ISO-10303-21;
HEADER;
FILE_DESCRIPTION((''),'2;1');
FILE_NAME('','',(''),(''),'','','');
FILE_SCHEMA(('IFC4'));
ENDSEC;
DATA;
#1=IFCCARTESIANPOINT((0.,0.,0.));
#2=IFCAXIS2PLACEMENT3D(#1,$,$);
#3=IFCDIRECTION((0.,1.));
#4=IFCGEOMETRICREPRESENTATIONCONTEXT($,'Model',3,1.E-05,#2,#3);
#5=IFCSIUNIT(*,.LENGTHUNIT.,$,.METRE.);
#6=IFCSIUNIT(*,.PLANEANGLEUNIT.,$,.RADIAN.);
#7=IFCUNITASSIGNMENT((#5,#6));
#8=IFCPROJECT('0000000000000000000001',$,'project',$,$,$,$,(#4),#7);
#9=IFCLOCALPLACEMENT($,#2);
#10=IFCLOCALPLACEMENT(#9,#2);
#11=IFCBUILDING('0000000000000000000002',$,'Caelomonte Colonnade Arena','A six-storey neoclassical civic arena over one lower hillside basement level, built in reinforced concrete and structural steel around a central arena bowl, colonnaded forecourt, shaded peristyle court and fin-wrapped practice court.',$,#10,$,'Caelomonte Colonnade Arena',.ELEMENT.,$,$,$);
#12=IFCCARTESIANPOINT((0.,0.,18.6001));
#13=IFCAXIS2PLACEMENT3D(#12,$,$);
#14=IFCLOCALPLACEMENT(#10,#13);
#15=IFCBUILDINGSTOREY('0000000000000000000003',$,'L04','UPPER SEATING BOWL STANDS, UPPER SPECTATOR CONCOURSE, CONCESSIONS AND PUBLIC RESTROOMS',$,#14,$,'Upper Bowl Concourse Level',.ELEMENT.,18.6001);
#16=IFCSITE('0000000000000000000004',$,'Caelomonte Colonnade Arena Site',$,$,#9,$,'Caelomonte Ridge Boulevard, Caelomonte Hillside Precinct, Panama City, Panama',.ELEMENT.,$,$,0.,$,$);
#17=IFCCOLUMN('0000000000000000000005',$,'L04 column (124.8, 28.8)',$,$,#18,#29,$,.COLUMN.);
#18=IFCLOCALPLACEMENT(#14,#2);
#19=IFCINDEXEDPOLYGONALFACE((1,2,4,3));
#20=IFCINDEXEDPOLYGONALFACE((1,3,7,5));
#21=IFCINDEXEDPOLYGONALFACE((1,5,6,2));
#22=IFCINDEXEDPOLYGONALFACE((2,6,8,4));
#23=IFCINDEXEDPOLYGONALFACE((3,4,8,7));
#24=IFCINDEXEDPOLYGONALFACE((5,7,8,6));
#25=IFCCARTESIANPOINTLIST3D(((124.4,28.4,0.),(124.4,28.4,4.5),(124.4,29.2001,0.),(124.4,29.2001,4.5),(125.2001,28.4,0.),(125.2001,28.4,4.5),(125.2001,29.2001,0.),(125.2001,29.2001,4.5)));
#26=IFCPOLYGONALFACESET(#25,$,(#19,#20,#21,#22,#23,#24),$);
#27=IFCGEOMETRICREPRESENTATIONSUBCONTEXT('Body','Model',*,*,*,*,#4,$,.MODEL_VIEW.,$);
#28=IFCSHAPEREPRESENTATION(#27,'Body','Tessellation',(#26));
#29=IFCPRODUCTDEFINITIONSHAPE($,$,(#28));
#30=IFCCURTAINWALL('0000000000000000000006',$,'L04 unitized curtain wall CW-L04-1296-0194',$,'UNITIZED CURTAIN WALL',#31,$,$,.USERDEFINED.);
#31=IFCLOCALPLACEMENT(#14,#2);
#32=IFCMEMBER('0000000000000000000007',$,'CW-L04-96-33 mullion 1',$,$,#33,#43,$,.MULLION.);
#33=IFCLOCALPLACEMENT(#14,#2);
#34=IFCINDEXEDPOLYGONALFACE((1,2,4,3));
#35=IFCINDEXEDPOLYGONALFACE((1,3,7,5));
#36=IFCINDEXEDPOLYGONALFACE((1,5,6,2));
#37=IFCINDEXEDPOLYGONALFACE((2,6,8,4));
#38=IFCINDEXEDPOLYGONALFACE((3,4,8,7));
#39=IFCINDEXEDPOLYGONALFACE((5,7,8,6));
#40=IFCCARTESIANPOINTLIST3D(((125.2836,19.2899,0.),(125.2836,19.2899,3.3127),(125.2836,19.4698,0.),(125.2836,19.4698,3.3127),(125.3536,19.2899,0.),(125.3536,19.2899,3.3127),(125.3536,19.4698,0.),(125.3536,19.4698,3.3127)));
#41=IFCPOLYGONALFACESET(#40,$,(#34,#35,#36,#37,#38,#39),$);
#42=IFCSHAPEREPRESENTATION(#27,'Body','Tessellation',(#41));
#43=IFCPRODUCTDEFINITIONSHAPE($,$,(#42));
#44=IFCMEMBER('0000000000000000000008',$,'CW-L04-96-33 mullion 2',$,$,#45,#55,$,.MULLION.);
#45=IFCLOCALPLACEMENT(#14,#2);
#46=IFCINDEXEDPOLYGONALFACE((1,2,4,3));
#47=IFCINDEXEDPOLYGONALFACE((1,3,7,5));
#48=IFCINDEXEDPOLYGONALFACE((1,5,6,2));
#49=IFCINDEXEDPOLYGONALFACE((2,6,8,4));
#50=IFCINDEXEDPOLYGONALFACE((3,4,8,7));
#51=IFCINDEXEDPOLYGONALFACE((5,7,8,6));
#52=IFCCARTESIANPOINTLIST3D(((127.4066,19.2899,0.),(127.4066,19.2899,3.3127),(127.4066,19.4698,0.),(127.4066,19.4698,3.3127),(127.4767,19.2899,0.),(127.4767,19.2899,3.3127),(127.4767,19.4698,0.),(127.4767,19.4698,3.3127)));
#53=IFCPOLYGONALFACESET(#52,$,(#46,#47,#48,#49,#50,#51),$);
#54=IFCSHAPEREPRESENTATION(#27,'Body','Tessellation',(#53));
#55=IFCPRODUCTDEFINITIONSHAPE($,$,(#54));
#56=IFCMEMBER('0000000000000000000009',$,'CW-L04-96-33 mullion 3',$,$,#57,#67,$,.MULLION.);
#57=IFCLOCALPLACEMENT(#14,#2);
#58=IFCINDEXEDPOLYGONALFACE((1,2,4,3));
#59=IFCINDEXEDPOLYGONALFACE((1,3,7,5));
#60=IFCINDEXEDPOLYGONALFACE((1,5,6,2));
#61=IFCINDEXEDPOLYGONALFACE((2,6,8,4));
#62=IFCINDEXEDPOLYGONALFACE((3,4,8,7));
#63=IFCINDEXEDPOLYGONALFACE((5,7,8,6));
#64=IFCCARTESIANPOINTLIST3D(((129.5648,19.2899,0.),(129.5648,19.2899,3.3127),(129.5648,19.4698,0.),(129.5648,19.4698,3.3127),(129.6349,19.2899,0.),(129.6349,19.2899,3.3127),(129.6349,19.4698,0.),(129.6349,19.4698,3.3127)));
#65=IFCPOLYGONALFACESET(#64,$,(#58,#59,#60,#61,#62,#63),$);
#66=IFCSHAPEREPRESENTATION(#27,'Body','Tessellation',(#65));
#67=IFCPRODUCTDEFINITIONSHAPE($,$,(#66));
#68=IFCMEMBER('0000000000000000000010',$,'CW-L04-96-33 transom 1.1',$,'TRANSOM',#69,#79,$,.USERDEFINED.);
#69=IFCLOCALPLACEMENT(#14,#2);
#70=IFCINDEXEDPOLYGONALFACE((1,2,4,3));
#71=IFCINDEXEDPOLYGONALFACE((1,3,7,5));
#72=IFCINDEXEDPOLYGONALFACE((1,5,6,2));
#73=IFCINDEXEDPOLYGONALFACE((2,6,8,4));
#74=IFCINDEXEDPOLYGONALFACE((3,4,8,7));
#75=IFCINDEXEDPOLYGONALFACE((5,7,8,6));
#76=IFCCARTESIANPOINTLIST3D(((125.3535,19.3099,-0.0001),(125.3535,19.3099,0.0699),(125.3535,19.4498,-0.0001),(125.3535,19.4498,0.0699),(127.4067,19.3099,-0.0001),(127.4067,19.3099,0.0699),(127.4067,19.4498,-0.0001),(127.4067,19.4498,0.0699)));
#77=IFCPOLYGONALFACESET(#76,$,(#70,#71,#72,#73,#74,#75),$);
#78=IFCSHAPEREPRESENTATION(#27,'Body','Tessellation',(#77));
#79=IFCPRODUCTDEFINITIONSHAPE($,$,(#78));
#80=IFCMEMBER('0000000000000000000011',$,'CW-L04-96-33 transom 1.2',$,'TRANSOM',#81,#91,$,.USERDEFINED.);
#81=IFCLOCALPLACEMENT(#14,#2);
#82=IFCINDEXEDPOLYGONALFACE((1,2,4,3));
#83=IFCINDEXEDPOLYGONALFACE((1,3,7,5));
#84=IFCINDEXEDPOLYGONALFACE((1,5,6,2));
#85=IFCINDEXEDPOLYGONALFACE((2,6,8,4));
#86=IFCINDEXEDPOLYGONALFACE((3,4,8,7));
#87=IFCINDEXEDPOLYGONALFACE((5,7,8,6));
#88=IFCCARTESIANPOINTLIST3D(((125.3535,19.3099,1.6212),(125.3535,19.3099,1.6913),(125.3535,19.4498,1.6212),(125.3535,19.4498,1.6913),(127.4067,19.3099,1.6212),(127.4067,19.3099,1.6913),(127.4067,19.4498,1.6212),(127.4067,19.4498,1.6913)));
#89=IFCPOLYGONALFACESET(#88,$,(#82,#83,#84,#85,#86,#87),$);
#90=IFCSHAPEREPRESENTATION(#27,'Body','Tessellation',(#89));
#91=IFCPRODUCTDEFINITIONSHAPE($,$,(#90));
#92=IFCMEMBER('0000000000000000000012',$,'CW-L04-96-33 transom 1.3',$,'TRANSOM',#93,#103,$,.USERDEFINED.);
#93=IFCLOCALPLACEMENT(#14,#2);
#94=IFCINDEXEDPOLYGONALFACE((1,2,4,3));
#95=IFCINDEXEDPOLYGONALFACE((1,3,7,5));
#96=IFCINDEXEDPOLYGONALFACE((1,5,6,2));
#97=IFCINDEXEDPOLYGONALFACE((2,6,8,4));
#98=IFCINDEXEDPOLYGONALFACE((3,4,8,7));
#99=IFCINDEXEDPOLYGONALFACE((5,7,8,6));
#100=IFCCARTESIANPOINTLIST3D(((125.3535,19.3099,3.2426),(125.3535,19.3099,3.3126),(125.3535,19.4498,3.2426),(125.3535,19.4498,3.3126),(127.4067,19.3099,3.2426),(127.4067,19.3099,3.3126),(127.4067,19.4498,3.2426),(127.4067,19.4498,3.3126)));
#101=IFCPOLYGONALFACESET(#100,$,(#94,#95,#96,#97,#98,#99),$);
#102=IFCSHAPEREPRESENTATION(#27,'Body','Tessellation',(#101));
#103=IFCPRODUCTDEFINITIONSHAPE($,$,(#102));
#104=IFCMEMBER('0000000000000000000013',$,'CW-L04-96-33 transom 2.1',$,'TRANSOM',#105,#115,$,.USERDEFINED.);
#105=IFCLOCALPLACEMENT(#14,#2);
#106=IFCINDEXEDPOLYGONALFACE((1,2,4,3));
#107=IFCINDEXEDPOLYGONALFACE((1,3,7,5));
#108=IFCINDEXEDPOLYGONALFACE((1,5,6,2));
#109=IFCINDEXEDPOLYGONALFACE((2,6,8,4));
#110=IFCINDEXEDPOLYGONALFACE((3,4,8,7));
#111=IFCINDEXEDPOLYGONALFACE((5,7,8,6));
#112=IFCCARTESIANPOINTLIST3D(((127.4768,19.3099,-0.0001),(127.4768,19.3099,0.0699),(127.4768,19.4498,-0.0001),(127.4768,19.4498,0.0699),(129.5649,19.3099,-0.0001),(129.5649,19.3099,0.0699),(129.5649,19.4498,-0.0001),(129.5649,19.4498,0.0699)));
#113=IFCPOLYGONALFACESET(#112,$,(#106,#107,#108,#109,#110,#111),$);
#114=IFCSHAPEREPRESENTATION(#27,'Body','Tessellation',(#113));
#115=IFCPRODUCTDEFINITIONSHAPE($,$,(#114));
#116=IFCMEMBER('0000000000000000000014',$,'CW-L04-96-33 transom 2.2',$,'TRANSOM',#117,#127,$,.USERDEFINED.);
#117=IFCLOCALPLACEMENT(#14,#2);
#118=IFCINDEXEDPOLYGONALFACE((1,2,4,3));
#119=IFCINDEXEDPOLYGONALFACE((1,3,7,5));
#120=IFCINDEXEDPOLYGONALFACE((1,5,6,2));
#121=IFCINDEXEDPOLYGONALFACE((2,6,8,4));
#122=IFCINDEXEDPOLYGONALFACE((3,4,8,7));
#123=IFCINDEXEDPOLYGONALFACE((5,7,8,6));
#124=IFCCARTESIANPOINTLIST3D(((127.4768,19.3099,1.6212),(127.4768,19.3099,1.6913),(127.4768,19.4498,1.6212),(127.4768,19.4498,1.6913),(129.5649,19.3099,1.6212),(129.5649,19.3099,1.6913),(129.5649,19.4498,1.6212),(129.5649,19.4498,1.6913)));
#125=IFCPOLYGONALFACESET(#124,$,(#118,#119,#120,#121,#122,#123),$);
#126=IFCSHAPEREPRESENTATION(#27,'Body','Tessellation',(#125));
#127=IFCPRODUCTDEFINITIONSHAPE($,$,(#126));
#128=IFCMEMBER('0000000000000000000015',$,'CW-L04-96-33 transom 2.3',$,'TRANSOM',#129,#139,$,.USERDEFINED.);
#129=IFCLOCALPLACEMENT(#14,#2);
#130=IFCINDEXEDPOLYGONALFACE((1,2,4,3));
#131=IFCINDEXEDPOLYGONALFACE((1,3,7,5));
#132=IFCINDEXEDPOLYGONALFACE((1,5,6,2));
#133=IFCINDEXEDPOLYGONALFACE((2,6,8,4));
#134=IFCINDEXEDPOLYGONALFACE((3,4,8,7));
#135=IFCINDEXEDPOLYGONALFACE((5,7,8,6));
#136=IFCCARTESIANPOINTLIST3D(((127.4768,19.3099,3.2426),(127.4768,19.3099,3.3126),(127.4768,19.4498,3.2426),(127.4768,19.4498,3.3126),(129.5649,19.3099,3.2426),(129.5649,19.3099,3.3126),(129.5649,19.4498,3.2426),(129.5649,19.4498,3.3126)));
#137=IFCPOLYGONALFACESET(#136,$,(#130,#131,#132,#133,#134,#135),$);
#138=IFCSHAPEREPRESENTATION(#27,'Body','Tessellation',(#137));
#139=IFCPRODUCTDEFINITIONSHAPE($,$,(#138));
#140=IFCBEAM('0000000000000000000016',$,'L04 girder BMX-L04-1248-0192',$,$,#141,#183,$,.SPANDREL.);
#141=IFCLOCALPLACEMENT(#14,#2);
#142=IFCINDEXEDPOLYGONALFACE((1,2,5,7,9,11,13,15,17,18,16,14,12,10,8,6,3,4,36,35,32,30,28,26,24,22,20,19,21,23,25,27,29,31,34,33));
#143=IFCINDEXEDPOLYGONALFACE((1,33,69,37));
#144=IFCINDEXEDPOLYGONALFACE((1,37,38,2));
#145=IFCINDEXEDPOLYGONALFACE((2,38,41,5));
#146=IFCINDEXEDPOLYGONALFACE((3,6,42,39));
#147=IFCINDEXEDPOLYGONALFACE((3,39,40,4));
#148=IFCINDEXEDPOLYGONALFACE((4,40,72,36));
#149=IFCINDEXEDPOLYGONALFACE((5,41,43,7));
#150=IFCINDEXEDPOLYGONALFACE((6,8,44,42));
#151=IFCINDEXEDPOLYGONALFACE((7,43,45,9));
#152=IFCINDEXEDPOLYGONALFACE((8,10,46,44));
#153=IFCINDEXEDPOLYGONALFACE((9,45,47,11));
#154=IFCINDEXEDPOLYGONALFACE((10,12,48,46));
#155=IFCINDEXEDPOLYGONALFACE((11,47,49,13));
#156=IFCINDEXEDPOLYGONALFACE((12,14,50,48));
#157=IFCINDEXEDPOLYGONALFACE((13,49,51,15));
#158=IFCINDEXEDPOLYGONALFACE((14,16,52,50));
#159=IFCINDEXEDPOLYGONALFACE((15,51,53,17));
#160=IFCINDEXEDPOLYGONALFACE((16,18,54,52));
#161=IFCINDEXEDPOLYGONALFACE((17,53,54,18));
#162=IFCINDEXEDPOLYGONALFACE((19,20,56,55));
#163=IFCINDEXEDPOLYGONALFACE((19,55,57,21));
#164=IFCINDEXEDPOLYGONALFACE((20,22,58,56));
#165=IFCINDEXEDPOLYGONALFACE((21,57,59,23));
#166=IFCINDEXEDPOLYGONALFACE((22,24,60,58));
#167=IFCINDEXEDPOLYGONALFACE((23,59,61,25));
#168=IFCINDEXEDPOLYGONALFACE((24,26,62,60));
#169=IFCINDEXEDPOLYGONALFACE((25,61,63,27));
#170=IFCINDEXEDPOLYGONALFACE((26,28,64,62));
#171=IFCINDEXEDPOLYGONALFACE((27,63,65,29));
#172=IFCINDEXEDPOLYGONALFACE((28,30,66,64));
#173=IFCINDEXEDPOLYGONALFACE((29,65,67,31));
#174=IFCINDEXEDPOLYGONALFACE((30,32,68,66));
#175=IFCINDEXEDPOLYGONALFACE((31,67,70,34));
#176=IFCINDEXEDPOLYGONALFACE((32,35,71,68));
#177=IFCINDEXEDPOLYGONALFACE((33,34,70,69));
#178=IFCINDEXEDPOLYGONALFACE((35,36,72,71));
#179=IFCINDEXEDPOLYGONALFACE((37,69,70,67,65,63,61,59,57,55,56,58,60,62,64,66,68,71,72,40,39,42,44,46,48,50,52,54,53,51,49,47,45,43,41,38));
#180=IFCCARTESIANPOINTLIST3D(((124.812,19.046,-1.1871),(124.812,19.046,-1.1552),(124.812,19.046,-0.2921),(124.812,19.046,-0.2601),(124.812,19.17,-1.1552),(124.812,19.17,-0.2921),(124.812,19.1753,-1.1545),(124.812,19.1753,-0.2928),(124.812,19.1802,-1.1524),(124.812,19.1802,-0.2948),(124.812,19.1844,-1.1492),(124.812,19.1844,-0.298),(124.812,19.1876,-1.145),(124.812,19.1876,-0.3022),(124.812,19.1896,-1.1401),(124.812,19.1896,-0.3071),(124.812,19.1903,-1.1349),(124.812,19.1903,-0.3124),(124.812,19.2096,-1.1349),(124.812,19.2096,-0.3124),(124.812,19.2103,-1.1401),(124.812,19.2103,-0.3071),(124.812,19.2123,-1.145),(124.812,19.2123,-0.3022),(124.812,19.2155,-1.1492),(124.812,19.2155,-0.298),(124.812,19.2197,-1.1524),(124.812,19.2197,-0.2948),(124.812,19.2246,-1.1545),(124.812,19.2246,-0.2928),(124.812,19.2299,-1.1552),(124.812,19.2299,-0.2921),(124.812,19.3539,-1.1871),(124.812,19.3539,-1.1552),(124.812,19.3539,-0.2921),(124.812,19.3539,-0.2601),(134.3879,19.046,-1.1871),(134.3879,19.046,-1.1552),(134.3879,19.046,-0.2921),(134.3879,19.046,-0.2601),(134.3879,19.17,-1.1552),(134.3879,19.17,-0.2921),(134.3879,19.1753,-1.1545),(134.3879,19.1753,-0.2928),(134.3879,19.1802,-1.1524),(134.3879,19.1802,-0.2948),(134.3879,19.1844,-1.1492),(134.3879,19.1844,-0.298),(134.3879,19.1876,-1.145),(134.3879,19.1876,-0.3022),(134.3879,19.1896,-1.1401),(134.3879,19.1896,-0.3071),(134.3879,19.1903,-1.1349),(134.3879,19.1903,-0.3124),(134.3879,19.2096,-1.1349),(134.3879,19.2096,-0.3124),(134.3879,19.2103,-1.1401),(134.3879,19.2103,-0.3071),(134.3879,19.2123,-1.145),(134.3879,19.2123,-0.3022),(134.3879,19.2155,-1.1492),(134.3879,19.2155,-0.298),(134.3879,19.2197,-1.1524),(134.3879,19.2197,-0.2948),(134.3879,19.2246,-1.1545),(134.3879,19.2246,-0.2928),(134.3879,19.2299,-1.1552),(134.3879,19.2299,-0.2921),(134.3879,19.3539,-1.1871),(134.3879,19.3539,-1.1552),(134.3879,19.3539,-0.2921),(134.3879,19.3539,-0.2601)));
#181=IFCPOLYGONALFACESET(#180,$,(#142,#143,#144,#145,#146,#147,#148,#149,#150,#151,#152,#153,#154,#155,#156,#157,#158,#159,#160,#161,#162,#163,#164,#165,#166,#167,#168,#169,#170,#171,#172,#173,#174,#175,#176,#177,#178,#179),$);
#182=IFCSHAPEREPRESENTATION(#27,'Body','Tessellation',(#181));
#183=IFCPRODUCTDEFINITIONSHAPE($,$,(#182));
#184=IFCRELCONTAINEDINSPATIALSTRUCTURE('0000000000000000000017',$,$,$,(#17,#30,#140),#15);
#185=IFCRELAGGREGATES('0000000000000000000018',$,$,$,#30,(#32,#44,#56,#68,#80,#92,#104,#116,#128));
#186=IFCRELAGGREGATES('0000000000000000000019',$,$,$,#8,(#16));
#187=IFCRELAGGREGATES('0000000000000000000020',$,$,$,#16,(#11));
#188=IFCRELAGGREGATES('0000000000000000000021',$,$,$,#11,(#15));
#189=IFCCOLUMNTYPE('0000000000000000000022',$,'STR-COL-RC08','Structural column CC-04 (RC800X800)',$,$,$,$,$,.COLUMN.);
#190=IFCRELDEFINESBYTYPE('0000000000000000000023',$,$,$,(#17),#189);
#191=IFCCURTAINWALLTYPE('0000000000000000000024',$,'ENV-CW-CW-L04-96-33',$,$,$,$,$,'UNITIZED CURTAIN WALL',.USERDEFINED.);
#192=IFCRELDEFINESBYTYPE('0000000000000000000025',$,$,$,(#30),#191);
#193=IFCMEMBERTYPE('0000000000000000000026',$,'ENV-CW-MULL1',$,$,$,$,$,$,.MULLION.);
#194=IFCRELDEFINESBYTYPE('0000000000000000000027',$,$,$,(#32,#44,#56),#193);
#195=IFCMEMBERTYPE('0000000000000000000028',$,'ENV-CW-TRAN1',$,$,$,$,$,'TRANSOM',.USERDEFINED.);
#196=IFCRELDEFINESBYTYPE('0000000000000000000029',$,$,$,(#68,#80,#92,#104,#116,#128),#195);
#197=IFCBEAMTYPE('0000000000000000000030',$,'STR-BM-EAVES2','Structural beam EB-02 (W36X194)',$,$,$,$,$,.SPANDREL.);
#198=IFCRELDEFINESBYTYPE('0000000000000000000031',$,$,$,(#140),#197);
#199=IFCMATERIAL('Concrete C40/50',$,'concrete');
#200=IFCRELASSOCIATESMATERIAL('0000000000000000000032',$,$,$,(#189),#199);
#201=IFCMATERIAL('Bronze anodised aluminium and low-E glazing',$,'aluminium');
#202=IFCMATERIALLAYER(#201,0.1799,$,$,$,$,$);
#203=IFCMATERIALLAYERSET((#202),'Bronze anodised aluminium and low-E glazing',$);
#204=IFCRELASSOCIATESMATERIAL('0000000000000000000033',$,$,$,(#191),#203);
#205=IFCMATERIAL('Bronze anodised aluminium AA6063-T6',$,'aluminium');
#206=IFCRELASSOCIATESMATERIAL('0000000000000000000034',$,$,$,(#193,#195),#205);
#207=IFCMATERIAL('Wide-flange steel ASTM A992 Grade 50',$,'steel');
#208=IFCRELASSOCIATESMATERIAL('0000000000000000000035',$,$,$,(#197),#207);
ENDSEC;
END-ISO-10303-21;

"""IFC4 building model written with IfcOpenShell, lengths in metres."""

from ifc_helpers import new_model, si_unit, direction, frame, origin, origin_2d, place, context, subcontext, project, spatial, rectangle, i_section, extrude, material, layer, layer_set, material_profile, profile_set, type_object, element, aggregate, save


model = new_model("IFC4")

# Units and contexts
model_context = context("Model", 3, precision=1e-05, world=origin(), true_north=direction((0.0, 1.0)))
body_context = subcontext(model_context, "Body", "Model", "MODEL_VIEW")
ifc_project = project(units=[si_unit("LENGTHUNIT", "METRE"), si_unit("PLANEANGLEUNIT", "RADIAN")], contexts=[model_context])

# Site, building, storey
site_placement = place(None, origin())
site = spatial("IfcSite", under=ifc_project, at=site_placement, Name="Caelomonte Colonnade Arena Site", LongName="Caelomonte Ridge Boulevard, Caelomonte Hillside Precinct, Panama City, Panama", CompositionType="ELEMENT", RefElevation=0.0)
building_placement = place(site_placement, origin())
building = spatial("IfcBuilding", under=site, at=building_placement, Name="Caelomonte Colonnade Arena", Description="A six-storey neoclassical civic arena over one lower hillside basement level, built in reinforced concrete and structural steel around a central arena bowl, colonnaded forecourt, shaded peristyle court and fin-wrapped practice court.", LongName="Caelomonte Colonnade Arena", CompositionType="ELEMENT")
storey_placement = place(building_placement, frame((0.0, 0.0, 18.6001)))
storey = spatial("IfcBuildingStorey", under=building, at=storey_placement, Name="L04", Description="UPPER SEATING BOWL STANDS, UPPER SPECTATOR CONCOURSE, CONCESSIONS AND PUBLIC RESTROOMS", LongName="Upper Bowl Concourse Level", CompositionType="ELEMENT", Elevation=18.6001)

# Column
ifc_material_1 = material(Name="Concrete C40/50", Category="concrete")
ifc_material_profile_1 = material_profile(ifc_material_1, rectangle(XDim=0.8, YDim=0.8, at=origin_2d()), Name="RC800X800")
ifc_profile_set_1 = profile_set([ifc_material_profile_1], Name="Concrete C40/50")
column_type = type_object("IfcColumnType", Name="STR-COL-RC08", Description="Structural column CC-04 (RC800X800)", PredefinedType="COLUMN", material=ifc_profile_set_1)
column_placement = place(storey_placement, frame((124.8, 28.8, 0.0), z_axis=(0.0, 0.0, 1.0), x_axis=(1.0, 0.0, 0.0)))
element("IfcColumn", 1, at=column_placement, inside=storey, type_object=column_type, Name="L04 column (124.8, 28.8)", PredefinedType="COLUMN", context=body_context, shape_type="SweptSolid", body=[
    extrude(rectangle(XDim=0.8, YDim=0.8, at=origin_2d()), origin(), (0.0, 0.0, 1.0), 4.5),
])

# Curtain wall, members
ifc_material_2 = material(Name="Bronze anodised aluminium and low-E glazing", Category="aluminium")
ifc_layer_1 = layer(ifc_material_2, 0.1799)
ifc_layer_set_1 = layer_set([ifc_layer_1], Name="Bronze anodised aluminium and low-E glazing")
curtain_wall_type = type_object("IfcCurtainWallType", Name="ENV-CW-CW-L04-96-33", ElementType="UNITIZED CURTAIN WALL", PredefinedType="USERDEFINED", material=ifc_layer_set_1)
curtain_wall_placement = place(storey_placement, origin())
curtain_wall = element("IfcCurtainWall", 2, at=curtain_wall_placement, inside=storey, type_object=curtain_wall_type, Name="L04 unitized curtain wall CW-L04-1296-0194", ObjectType="UNITIZED CURTAIN WALL", PredefinedType="USERDEFINED")
ifc_material_3 = material(Name="Bronze anodised aluminium AA6063-T6", Category="aluminium")
ifc_material_profile_2 = material_profile(ifc_material_3, rectangle(XDim=0.0701, YDim=0.1799, at=origin_2d()), Name="CWM-70X180")
ifc_profile_set_2 = profile_set([ifc_material_profile_2], Name="Bronze anodised aluminium AA6063-T6")
member_type_1 = type_object("IfcMemberType", Name="ENV-CW-MULL1", PredefinedType="MULLION", material=ifc_profile_set_2)
member_1_placement = place(storey_placement, frame((125.3186, 19.3799, 0.0), z_axis=(0.0, 0.0, 1.0), x_axis=(1.0, 0.0, 0.0)))
member_1 = element("IfcMember", 3, at=member_1_placement, type_object=member_type_1, Name="CW-L04-96-33 mullion 1", PredefinedType="MULLION", context=body_context, shape_type="SweptSolid", body=[
    extrude(rectangle(XDim=0.0701, YDim=0.1799, at=origin_2d()), origin(), (0.0, 0.0, 1.0), 3.3127),
])
member_2_placement = place(storey_placement, frame((127.4417, 19.3799, 0.0), z_axis=(0.0, 0.0, 1.0), x_axis=(1.0, 0.0, 0.0)))
member_2 = element("IfcMember", 4, at=member_2_placement, type_object=member_type_1, Name="CW-L04-96-33 mullion 2", PredefinedType="MULLION", context=body_context, shape_type="SweptSolid", body=[
    extrude(rectangle(XDim=0.0701, YDim=0.1799, at=origin_2d()), origin(), (0.0, 0.0, 1.0), 3.3127),
])
member_3_placement = place(storey_placement, frame((129.5999, 19.3799, 0.0), z_axis=(0.0, 0.0, 1.0), x_axis=(1.0, 0.0, 0.0)))
member_3 = element("IfcMember", 5, at=member_3_placement, type_object=member_type_1, Name="CW-L04-96-33 mullion 3", PredefinedType="MULLION", context=body_context, shape_type="SweptSolid", body=[
    extrude(rectangle(XDim=0.0701, YDim=0.1799, at=origin_2d()), origin(), (0.0, 0.0, 1.0), 3.3127),
])
ifc_material_profile_3 = material_profile(ifc_material_3, rectangle(XDim=0.0701, YDim=0.1399, at=origin_2d()), Name="CWT-70X140")
ifc_profile_set_3 = profile_set([ifc_material_profile_3], Name="Bronze anodised aluminium AA6063-T6")
member_type_2 = type_object("IfcMemberType", Name="ENV-CW-TRAN1", ElementType="TRANSOM", PredefinedType="USERDEFINED", material=ifc_profile_set_3)
member_4_placement = place(storey_placement, frame((125.3535, 19.3799, 0.0349), z_axis=(1.0, 0.0, 0.0), x_axis=(0.0, 0.0, 1.0)))
member_4 = element("IfcMember", 6, at=member_4_placement, type_object=member_type_2, Name="CW-L04-96-33 transom 1.1", ObjectType="TRANSOM", PredefinedType="USERDEFINED", context=body_context, shape_type="SweptSolid", body=[
    extrude(rectangle(XDim=0.0701, YDim=0.1399, at=origin_2d()), origin(), (0.0, 0.0, 1.0), 2.0532),
])
member_5_placement = place(storey_placement, frame((125.3535, 19.3799, 1.6562), z_axis=(1.0, 0.0, 0.0), x_axis=(0.0, 0.0, 1.0)))
member_5 = element("IfcMember", 7, at=member_5_placement, type_object=member_type_2, Name="CW-L04-96-33 transom 1.2", ObjectType="TRANSOM", PredefinedType="USERDEFINED", context=body_context, shape_type="SweptSolid", body=[
    extrude(rectangle(XDim=0.0701, YDim=0.1399, at=origin_2d()), origin(), (0.0, 0.0, 1.0), 2.0532),
])
member_6_placement = place(storey_placement, frame((125.3535, 19.3799, 3.2776), z_axis=(1.0, 0.0, 0.0), x_axis=(0.0, 0.0, 1.0)))
member_6 = element("IfcMember", 8, at=member_6_placement, type_object=member_type_2, Name="CW-L04-96-33 transom 1.3", ObjectType="TRANSOM", PredefinedType="USERDEFINED", context=body_context, shape_type="SweptSolid", body=[
    extrude(rectangle(XDim=0.0701, YDim=0.1399, at=origin_2d()), origin(), (0.0, 0.0, 1.0), 2.0532),
])
member_7_placement = place(storey_placement, frame((127.4768, 19.3799, 0.0349), z_axis=(1.0, 0.0, 0.0), x_axis=(0.0, 0.0, 1.0)))
member_7 = element("IfcMember", 9, at=member_7_placement, type_object=member_type_2, Name="CW-L04-96-33 transom 2.1", ObjectType="TRANSOM", PredefinedType="USERDEFINED", context=body_context, shape_type="SweptSolid", body=[
    extrude(rectangle(XDim=0.0701, YDim=0.1399, at=origin_2d()), origin(), (0.0, 0.0, 1.0), 2.0881),
])
member_8_placement = place(storey_placement, frame((127.4768, 19.3799, 1.6562), z_axis=(1.0, 0.0, 0.0), x_axis=(0.0, 0.0, 1.0)))
member_8 = element("IfcMember", 10, at=member_8_placement, type_object=member_type_2, Name="CW-L04-96-33 transom 2.2", ObjectType="TRANSOM", PredefinedType="USERDEFINED", context=body_context, shape_type="SweptSolid", body=[
    extrude(rectangle(XDim=0.0701, YDim=0.1399, at=origin_2d()), origin(), (0.0, 0.0, 1.0), 2.0881),
])
member_9_placement = place(storey_placement, frame((127.4768, 19.3799, 3.2776), z_axis=(1.0, 0.0, 0.0), x_axis=(0.0, 0.0, 1.0)))
member_9 = element("IfcMember", 11, at=member_9_placement, type_object=member_type_2, Name="CW-L04-96-33 transom 2.3", ObjectType="TRANSOM", PredefinedType="USERDEFINED", context=body_context, shape_type="SweptSolid", body=[
    extrude(rectangle(XDim=0.0701, YDim=0.1399, at=origin_2d()), origin(), (0.0, 0.0, 1.0), 2.0881),
])

# Beam
ifc_material_4 = material(Name="Wide-flange steel ASTM A992 Grade 50", Category="steel")
ifc_material_profile_4 = material_profile(ifc_material_4, i_section(OverallWidth=0.3079, OverallDepth=0.927, WebThickness=0.0193, FlangeThickness=0.032, FilletRadius=0.0203, at=origin_2d()), Name="W36X194")
ifc_profile_set_4 = profile_set([ifc_material_profile_4], Name="Wide-flange steel ASTM A992 Grade 50")
beam_type_1 = type_object("IfcBeamType", Name="STR-BM-EAVES2", Description="Structural beam EB-02 (W36X194)", PredefinedType="SPANDREL", material=ifc_profile_set_4)
beam_1_placement = place(storey_placement, frame((124.812, 19.2, -0.7236), z_axis=(1.0, 0.0, 0.0), x_axis=(0.0, 1.0, 0.0)))
element("IfcBeam", 12, at=beam_1_placement, inside=storey, type_object=beam_type_1, Name="L04 girder BMX-L04-1248-0192", PredefinedType="SPANDREL", context=body_context, shape_type="SweptSolid", body=[
    extrude(i_section(OverallWidth=0.3079, OverallDepth=0.927, WebThickness=0.0193, FlangeThickness=0.032, FilletRadius=0.0203, at=origin_2d()), origin(), (0.0, 0.0, 1.0), 9.5759),
])

aggregate(curtain_wall, [member_1, member_2, member_3, member_4, member_5, member_6, member_7, member_8, member_9])

save(model, "model.ifc")
